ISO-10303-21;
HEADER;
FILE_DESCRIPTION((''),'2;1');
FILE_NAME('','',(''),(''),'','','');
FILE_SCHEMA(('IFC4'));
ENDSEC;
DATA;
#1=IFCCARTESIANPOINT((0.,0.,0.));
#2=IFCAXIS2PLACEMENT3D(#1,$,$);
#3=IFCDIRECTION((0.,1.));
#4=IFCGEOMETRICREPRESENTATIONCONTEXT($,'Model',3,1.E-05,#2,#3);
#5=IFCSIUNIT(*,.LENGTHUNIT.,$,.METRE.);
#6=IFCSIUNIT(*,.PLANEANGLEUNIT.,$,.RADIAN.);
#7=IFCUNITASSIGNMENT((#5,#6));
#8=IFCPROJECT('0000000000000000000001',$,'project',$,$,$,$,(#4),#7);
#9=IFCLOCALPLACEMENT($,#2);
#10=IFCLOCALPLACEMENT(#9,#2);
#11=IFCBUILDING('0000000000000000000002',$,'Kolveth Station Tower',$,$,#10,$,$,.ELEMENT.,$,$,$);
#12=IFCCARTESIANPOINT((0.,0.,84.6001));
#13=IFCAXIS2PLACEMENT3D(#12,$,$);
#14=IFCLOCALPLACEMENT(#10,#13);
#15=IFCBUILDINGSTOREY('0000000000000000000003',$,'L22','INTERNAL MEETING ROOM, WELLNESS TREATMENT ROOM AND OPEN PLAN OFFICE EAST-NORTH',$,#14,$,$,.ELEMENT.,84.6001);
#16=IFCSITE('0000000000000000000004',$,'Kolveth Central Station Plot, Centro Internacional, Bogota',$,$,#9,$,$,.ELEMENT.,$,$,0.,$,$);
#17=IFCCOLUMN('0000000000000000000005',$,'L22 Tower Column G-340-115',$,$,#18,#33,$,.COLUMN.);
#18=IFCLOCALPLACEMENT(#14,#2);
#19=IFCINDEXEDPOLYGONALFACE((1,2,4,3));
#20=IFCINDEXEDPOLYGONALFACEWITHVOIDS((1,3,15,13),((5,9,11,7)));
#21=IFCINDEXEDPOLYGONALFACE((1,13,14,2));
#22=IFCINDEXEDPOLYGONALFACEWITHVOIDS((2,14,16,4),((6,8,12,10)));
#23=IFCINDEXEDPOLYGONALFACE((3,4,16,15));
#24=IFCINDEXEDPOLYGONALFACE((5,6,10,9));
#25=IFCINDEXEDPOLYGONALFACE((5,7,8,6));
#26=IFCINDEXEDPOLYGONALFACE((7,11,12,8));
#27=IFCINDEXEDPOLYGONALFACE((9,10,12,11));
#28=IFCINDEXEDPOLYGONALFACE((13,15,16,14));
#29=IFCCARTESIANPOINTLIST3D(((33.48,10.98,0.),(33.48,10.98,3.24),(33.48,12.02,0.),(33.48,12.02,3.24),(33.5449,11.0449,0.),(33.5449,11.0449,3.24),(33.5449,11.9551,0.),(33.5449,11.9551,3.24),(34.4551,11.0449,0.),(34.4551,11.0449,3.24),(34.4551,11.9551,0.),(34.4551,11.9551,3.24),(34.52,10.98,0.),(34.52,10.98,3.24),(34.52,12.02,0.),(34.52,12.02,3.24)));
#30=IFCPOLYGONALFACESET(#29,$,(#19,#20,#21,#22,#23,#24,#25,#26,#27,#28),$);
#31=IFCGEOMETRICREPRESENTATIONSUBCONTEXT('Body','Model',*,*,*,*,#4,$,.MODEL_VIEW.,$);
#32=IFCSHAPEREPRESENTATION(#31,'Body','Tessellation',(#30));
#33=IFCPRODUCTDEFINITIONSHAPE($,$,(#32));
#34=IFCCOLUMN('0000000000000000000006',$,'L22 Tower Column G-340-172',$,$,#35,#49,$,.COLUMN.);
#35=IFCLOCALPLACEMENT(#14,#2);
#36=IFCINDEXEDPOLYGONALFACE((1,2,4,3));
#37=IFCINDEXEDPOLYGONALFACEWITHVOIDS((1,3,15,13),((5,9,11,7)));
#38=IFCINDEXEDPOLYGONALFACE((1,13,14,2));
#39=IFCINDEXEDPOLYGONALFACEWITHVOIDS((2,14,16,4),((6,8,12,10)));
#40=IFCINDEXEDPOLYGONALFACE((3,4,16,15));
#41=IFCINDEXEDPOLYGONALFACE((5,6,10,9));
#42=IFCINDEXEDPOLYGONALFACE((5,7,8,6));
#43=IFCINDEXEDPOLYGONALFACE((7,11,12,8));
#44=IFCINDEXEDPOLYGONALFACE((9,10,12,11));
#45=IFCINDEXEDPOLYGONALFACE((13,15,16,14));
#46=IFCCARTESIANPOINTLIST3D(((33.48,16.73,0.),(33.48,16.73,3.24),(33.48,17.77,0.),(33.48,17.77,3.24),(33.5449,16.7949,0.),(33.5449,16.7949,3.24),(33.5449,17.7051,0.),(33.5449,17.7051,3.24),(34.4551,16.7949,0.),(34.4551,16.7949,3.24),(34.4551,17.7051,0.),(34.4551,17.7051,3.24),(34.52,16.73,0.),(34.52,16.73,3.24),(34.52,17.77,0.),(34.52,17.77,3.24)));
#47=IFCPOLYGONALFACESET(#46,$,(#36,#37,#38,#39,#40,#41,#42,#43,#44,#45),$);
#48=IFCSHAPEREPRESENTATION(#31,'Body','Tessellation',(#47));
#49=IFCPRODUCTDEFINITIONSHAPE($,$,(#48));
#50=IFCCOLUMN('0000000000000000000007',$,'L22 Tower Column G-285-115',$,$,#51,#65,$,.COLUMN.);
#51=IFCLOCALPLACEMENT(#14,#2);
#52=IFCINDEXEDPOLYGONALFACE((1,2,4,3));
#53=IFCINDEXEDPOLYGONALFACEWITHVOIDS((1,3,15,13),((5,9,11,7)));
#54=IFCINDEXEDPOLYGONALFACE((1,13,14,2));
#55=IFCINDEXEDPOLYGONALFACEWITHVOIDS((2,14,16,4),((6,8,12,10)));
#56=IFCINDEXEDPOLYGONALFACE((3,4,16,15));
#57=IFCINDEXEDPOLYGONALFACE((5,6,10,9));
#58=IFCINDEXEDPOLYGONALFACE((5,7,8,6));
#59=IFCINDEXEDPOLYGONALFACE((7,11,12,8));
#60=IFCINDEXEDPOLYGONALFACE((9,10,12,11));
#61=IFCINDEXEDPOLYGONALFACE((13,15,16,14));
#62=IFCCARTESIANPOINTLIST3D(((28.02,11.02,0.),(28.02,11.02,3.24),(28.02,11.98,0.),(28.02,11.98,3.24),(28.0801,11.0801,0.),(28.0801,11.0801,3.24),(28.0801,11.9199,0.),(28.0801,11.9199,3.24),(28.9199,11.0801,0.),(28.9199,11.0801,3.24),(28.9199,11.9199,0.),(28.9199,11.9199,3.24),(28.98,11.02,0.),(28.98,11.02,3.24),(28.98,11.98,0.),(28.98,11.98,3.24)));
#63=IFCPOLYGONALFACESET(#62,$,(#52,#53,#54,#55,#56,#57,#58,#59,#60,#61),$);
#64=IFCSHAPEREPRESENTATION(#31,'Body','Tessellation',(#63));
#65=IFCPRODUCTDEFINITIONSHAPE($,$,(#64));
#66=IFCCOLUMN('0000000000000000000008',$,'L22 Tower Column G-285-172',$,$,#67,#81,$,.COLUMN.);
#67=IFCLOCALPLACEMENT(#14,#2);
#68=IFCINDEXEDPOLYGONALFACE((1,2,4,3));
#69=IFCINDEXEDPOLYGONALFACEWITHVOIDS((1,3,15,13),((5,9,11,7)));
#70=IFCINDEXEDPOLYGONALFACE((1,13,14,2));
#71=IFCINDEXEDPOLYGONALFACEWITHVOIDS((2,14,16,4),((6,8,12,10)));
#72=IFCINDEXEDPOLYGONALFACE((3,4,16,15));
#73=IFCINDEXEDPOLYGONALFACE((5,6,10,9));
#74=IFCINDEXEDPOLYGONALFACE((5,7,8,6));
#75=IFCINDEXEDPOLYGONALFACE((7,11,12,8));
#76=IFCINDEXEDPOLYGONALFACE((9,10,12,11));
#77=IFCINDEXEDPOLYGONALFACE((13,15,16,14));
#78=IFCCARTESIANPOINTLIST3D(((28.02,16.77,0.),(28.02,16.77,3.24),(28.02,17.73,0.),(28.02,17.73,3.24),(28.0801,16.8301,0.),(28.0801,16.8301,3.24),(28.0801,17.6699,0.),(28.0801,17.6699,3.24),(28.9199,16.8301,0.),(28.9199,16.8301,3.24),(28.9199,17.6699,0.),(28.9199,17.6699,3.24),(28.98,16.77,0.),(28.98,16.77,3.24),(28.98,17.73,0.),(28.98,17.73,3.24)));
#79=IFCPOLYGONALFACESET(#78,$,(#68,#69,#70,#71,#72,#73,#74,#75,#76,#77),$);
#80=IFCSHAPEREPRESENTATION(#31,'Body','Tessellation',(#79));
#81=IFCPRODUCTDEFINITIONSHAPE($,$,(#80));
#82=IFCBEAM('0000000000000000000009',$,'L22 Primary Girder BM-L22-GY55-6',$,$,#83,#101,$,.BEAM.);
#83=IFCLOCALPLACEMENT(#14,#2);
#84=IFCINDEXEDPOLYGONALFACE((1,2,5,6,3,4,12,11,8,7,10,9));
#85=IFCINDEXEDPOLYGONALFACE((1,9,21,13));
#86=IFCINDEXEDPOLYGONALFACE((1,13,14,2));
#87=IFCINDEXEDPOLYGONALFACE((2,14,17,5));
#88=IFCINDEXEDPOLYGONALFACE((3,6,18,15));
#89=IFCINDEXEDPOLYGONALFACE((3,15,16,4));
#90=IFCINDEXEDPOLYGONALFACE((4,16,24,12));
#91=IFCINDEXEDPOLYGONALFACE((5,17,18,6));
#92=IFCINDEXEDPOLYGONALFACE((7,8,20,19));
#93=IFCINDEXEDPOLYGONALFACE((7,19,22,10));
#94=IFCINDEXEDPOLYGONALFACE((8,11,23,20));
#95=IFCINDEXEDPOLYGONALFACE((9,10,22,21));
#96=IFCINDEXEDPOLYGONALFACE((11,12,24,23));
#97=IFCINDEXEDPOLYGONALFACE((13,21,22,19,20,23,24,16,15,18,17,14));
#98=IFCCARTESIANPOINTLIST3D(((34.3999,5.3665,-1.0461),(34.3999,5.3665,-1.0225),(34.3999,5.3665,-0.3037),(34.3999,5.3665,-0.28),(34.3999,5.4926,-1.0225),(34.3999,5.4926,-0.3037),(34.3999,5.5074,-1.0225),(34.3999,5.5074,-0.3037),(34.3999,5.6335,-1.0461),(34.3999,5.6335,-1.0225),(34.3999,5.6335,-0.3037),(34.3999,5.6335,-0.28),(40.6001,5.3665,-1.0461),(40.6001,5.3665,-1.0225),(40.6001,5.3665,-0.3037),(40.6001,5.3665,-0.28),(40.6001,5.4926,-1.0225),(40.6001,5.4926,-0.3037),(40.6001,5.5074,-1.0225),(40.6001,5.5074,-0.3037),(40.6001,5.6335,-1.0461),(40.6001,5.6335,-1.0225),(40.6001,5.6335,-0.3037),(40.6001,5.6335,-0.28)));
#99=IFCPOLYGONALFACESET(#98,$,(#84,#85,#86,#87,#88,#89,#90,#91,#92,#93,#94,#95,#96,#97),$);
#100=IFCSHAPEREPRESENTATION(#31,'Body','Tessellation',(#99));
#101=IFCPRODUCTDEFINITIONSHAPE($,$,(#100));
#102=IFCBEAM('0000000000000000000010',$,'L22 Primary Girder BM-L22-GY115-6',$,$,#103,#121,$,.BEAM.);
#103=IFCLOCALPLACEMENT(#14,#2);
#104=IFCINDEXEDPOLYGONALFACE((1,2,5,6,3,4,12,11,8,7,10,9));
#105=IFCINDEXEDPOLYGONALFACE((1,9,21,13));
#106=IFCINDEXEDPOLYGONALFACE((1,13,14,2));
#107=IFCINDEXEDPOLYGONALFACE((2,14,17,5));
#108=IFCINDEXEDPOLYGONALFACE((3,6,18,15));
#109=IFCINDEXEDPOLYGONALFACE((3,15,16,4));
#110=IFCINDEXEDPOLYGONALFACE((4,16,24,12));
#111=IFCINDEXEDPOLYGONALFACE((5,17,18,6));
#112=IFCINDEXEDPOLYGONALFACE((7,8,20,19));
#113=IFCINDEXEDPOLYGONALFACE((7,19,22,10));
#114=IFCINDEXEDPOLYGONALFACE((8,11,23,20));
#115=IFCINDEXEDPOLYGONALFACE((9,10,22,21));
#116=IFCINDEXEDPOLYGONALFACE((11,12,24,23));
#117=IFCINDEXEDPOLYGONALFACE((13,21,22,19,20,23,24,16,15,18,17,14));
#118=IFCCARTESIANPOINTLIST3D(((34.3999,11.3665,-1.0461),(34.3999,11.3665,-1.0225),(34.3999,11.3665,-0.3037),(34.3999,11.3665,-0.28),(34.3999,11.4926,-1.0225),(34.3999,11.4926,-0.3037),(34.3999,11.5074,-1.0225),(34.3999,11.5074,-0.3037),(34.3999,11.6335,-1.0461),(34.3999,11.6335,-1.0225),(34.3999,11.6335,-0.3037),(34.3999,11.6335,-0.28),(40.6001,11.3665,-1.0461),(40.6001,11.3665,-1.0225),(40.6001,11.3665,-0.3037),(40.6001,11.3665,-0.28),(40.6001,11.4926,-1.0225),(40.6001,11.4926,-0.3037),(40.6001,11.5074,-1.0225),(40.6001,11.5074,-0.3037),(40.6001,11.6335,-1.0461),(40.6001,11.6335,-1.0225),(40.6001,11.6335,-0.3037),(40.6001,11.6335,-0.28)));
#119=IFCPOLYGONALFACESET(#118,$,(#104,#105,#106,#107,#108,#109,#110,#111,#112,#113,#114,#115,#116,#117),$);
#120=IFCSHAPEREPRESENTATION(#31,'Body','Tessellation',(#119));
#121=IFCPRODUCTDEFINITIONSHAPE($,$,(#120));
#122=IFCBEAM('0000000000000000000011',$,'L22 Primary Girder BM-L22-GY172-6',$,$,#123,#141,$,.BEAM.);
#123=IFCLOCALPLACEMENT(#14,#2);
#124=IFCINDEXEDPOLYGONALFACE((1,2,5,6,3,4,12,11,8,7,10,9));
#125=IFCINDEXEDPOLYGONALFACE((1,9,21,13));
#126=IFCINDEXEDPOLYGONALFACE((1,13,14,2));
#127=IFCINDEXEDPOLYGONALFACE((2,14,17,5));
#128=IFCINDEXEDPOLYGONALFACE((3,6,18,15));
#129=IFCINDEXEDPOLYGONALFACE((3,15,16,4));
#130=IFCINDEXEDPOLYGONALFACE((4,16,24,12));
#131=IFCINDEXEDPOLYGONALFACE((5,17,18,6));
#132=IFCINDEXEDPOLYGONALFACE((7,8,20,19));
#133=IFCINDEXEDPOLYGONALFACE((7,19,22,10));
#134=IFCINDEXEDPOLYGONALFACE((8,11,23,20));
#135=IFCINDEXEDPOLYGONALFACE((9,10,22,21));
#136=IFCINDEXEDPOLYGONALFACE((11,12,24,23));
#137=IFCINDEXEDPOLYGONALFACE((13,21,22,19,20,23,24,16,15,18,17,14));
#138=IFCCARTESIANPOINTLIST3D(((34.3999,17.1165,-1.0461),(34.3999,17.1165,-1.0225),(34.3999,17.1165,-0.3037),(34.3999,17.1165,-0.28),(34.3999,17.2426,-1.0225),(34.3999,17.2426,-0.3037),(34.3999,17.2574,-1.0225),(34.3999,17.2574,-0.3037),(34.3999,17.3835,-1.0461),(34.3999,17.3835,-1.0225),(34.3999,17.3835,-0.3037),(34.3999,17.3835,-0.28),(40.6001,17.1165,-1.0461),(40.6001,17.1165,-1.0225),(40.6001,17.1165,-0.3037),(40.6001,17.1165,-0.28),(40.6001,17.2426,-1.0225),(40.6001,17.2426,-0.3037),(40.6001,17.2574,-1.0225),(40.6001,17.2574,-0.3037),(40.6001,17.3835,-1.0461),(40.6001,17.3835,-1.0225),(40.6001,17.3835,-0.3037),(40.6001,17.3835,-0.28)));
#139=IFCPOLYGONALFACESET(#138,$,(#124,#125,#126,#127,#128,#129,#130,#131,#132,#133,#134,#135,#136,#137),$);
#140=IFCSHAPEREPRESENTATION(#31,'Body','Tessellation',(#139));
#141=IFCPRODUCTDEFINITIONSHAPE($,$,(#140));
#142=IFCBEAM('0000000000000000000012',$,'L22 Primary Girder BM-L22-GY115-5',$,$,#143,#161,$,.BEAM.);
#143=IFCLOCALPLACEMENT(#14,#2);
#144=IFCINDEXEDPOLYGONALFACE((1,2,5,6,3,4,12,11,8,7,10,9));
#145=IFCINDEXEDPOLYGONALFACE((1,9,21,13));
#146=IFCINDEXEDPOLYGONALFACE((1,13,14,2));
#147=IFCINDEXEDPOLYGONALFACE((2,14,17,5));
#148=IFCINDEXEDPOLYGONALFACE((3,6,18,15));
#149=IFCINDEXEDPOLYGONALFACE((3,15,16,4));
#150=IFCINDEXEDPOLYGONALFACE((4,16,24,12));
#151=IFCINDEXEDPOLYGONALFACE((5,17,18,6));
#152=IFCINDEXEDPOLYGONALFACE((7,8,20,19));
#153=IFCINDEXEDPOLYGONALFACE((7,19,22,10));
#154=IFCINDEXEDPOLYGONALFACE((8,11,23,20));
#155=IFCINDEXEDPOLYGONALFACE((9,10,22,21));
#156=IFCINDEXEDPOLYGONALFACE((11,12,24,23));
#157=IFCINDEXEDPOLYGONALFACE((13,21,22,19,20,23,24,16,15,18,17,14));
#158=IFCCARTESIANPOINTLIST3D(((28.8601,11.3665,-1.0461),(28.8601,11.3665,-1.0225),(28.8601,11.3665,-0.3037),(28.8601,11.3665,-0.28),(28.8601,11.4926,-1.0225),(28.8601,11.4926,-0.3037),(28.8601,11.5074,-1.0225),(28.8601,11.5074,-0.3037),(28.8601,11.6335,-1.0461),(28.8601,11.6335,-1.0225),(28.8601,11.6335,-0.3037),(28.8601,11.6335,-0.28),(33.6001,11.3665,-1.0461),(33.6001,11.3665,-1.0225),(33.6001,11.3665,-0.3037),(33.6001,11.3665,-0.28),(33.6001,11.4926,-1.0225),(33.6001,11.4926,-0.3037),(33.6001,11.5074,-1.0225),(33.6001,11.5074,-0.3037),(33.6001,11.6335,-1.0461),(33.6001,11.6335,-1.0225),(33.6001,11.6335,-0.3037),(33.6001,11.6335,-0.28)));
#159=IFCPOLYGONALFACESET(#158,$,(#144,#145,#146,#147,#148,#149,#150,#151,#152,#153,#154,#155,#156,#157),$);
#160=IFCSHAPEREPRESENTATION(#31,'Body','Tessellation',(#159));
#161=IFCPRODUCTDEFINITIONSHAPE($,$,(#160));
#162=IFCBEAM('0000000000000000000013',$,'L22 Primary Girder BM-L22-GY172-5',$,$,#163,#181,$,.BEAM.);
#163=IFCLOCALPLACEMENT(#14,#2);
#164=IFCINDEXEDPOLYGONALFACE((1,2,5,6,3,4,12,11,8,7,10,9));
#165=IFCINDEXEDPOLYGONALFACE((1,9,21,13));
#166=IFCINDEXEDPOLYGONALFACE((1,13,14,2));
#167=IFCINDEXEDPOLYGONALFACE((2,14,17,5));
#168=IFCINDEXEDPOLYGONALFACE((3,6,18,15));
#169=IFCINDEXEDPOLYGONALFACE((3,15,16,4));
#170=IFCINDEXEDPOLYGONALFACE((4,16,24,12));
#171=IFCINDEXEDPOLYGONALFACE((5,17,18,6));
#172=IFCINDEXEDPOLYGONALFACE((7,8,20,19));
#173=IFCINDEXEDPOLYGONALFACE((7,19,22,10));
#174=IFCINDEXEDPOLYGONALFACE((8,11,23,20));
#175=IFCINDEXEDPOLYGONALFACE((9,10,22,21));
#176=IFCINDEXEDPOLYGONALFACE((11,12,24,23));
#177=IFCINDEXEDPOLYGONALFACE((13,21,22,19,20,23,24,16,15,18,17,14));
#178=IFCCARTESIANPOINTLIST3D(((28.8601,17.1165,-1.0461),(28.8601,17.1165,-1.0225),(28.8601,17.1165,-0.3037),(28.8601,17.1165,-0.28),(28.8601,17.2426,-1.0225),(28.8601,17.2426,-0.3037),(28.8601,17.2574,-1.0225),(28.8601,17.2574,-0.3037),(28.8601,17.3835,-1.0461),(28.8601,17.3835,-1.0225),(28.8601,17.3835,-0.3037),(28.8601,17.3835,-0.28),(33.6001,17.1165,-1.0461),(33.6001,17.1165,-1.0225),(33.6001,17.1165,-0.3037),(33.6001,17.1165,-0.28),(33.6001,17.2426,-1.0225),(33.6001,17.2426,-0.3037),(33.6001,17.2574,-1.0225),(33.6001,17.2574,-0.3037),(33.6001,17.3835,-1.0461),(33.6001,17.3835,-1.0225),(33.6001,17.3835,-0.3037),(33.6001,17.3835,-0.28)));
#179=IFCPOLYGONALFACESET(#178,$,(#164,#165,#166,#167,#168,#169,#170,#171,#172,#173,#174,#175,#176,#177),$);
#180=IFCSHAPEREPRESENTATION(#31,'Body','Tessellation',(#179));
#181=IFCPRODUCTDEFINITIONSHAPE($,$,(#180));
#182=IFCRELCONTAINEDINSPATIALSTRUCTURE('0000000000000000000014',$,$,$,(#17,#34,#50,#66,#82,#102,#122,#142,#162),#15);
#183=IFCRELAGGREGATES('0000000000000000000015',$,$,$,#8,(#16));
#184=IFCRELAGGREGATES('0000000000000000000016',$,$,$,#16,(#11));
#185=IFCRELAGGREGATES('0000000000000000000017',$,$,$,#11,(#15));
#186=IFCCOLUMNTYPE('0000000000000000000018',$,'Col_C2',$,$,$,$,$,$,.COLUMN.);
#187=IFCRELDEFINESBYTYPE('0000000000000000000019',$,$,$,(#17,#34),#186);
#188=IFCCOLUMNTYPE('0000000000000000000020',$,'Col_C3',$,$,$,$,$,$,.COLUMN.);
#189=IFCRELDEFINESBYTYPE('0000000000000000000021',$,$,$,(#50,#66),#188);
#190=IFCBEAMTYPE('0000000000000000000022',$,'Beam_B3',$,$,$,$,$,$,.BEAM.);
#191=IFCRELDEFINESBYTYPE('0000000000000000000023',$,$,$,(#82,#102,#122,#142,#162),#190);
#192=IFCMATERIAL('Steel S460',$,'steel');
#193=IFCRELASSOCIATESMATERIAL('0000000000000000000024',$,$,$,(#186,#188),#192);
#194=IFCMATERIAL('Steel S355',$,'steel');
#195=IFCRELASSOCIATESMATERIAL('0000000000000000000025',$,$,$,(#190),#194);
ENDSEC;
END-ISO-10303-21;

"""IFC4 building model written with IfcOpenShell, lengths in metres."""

from ifc_helpers import new_model, si_unit, direction, frame, origin, origin_2d, place, context, subcontext, project, spatial, hollow_rectangle, i_section, extrude, source, transform, mapped, material, material_profile, profile_set, type_object, element, save


model = new_model("IFC4")

# Units and contexts
model_context = context("Model", 3, precision=1e-05, world=origin(), true_north=direction((0.0, 1.0)))
body_context = subcontext(model_context, "Body", "Model", "MODEL_VIEW")
ifc_project = project(units=[si_unit("LENGTHUNIT", "METRE"), si_unit("PLANEANGLEUNIT", "RADIAN")], contexts=[model_context])

# Site, building, storey
site_placement = place(None, origin())
site = spatial("IfcSite", under=ifc_project, at=site_placement, Name="Kolveth Central Station Plot, Centro Internacional, Bogota", CompositionType="ELEMENT", RefElevation=0.0)
building_placement = place(site_placement, origin())
building = spatial("IfcBuilding", under=site, at=building_placement, Name="Kolveth Station Tower", CompositionType="ELEMENT")
storey_placement = place(building_placement, frame((0.0, 0.0, 84.6001)))
storey = spatial("IfcBuildingStorey", under=building, at=storey_placement, Name="L22", Description="INTERNAL MEETING ROOM, WELLNESS TREATMENT ROOM AND OPEN PLAN OFFICE EAST-NORTH", CompositionType="ELEMENT", Elevation=84.6001)

# Columns
ifc_material_1 = material(Name="Steel S460", Category="steel")
ifc_material_profile_1 = material_profile(ifc_material_1, hollow_rectangle(XDim=1.04, YDim=1.04, WallThickness=0.0649, at=origin_2d()), Name="BOX1040x1040x65")
ifc_profile_set_1 = profile_set([ifc_material_profile_1], Name="Steel S460")
column_type_1 = type_object("IfcColumnType", Name="Col_C2", PredefinedType="COLUMN", material=ifc_profile_set_1)
shared_shape_1 = source(origin(), body_context, "Body", "SweptSolid", [
    extrude(hollow_rectangle(XDim=1.04, YDim=1.04, WallThickness=0.0649, at=origin_2d()), origin(), (0.0, 0.0, 1.0), 3.24),
])
for number, where, z_axis, x_axis, name in (
    (1, (34.0, 11.5, 0.0), (0.0, 0.0, 1.0), (1.0, 0.0, 0.0), "L22 Tower Column G-340-115"),
    (2, (34.0, 17.25, 0.0), (0.0, 0.0, 1.0), (1.0, 0.0, 0.0), "L22 Tower Column G-340-172"),
):
    element("IfcColumn", number, at=place(storey_placement, frame(where, z_axis=z_axis, x_axis=x_axis)), inside=storey, type_object=column_type_1, Name=name, PredefinedType="COLUMN", context=body_context, shape_type="MappedRepresentation", body=[
        mapped(shared_shape_1, transform((0.0, 0.0, 0.0), x_axis=(1.0, 0.0, 0.0), y_axis=(0.0, 1.0, 0.0), z_axis=(0.0, 0.0, 1.0), scale=1.0)),
    ])
ifc_material_profile_2 = material_profile(ifc_material_1, hollow_rectangle(XDim=0.96, YDim=0.96, WallThickness=0.0601, at=origin_2d()), Name="BOX960x960x60")
ifc_profile_set_2 = profile_set([ifc_material_profile_2], Name="Steel S460")
column_type_2 = type_object("IfcColumnType", Name="Col_C3", PredefinedType="COLUMN", material=ifc_profile_set_2)
shared_shape_2 = source(origin(), body_context, "Body", "SweptSolid", [
    extrude(hollow_rectangle(XDim=0.96, YDim=0.96, WallThickness=0.0601, at=origin_2d()), origin(), (0.0, 0.0, 1.0), 3.24),
])
for number, where, z_axis, x_axis, name in (
    (3, (28.5, 11.5, 0.0), (0.0, 0.0, 1.0), (1.0, 0.0, 0.0), "L22 Tower Column G-285-115"),
    (4, (28.5, 17.25, 0.0), (0.0, 0.0, 1.0), (1.0, 0.0, 0.0), "L22 Tower Column G-285-172"),
):
    element("IfcColumn", number, at=place(storey_placement, frame(where, z_axis=z_axis, x_axis=x_axis)), inside=storey, type_object=column_type_2, Name=name, PredefinedType="COLUMN", context=body_context, shape_type="MappedRepresentation", body=[
        mapped(shared_shape_2, transform((0.0, 0.0, 0.0), x_axis=(1.0, 0.0, 0.0), y_axis=(0.0, 1.0, 0.0), z_axis=(0.0, 0.0, 1.0), scale=1.0)),
    ])

# Beams
ifc_material_2 = material(Name="Steel S355", Category="steel")
ifc_material_profile_3 = material_profile(ifc_material_2, i_section(OverallWidth=0.2671, OverallDepth=0.7661, WebThickness=0.0149, FlangeThickness=0.0237, at=origin_2d()), Name="W760x185")
ifc_profile_set_3 = profile_set([ifc_material_profile_3], Name="Steel S355")
beam_type_1 = type_object("IfcBeamType", Name="Beam_B3", PredefinedType="BEAM", material=ifc_profile_set_3)
shared_shape_3 = source(origin(), body_context, "Body", "SweptSolid", [
    extrude(i_section(OverallWidth=0.2671, OverallDepth=0.7661, WebThickness=0.0149, FlangeThickness=0.0237, at=origin_2d()), origin(), (0.0, 0.0, 1.0), 6.2002),
])
for number, where, z_axis, x_axis, name in (
    (5, (34.3999, 5.5, -0.6631), (1.0, 0.0, 0.0), (0.0, 1.0, 0.0), "L22 Primary Girder BM-L22-GY55-6"),
    (6, (34.3999, 11.5, -0.6631), (1.0, 0.0, 0.0), (0.0, 1.0, 0.0), "L22 Primary Girder BM-L22-GY115-6"),
    (7, (34.3999, 17.25, -0.6631), (1.0, 0.0, 0.0), (0.0, 1.0, 0.0), "L22 Primary Girder BM-L22-GY172-6"),
):
    element("IfcBeam", number, at=place(storey_placement, frame(where, z_axis=z_axis, x_axis=x_axis)), inside=storey, type_object=beam_type_1, Name=name, PredefinedType="BEAM", context=body_context, shape_type="MappedRepresentation", body=[
        mapped(shared_shape_3, transform((0.0, 0.0, 0.0), x_axis=(1.0, 0.0, 0.0), y_axis=(0.0, 1.0, 0.0), z_axis=(0.0, 0.0, 1.0), scale=1.0)),
    ])
shared_shape_4 = source(origin(), body_context, "Body", "SweptSolid", [
    extrude(i_section(OverallWidth=0.2671, OverallDepth=0.7661, WebThickness=0.0149, FlangeThickness=0.0237, at=origin_2d()), origin(), (0.0, 0.0, 1.0), 4.74),
])
for number, where, z_axis, x_axis, name in (
    (8, (28.8601, 11.5, -0.6631), (1.0, 0.0, 0.0), (0.0, 1.0, 0.0), "L22 Primary Girder BM-L22-GY115-5"),
    (9, (28.8601, 17.25, -0.6631), (1.0, 0.0, 0.0), (0.0, 1.0, 0.0), "L22 Primary Girder BM-L22-GY172-5"),
):
    element("IfcBeam", number, at=place(storey_placement, frame(where, z_axis=z_axis, x_axis=x_axis)), inside=storey, type_object=beam_type_1, Name=name, PredefinedType="BEAM", context=body_context, shape_type="MappedRepresentation", body=[
        mapped(shared_shape_4, transform((0.0, 0.0, 0.0), x_axis=(1.0, 0.0, 0.0), y_axis=(0.0, 1.0, 0.0), z_axis=(0.0, 0.0, 1.0), scale=1.0)),
    ])

save(model, "model.ifc")
